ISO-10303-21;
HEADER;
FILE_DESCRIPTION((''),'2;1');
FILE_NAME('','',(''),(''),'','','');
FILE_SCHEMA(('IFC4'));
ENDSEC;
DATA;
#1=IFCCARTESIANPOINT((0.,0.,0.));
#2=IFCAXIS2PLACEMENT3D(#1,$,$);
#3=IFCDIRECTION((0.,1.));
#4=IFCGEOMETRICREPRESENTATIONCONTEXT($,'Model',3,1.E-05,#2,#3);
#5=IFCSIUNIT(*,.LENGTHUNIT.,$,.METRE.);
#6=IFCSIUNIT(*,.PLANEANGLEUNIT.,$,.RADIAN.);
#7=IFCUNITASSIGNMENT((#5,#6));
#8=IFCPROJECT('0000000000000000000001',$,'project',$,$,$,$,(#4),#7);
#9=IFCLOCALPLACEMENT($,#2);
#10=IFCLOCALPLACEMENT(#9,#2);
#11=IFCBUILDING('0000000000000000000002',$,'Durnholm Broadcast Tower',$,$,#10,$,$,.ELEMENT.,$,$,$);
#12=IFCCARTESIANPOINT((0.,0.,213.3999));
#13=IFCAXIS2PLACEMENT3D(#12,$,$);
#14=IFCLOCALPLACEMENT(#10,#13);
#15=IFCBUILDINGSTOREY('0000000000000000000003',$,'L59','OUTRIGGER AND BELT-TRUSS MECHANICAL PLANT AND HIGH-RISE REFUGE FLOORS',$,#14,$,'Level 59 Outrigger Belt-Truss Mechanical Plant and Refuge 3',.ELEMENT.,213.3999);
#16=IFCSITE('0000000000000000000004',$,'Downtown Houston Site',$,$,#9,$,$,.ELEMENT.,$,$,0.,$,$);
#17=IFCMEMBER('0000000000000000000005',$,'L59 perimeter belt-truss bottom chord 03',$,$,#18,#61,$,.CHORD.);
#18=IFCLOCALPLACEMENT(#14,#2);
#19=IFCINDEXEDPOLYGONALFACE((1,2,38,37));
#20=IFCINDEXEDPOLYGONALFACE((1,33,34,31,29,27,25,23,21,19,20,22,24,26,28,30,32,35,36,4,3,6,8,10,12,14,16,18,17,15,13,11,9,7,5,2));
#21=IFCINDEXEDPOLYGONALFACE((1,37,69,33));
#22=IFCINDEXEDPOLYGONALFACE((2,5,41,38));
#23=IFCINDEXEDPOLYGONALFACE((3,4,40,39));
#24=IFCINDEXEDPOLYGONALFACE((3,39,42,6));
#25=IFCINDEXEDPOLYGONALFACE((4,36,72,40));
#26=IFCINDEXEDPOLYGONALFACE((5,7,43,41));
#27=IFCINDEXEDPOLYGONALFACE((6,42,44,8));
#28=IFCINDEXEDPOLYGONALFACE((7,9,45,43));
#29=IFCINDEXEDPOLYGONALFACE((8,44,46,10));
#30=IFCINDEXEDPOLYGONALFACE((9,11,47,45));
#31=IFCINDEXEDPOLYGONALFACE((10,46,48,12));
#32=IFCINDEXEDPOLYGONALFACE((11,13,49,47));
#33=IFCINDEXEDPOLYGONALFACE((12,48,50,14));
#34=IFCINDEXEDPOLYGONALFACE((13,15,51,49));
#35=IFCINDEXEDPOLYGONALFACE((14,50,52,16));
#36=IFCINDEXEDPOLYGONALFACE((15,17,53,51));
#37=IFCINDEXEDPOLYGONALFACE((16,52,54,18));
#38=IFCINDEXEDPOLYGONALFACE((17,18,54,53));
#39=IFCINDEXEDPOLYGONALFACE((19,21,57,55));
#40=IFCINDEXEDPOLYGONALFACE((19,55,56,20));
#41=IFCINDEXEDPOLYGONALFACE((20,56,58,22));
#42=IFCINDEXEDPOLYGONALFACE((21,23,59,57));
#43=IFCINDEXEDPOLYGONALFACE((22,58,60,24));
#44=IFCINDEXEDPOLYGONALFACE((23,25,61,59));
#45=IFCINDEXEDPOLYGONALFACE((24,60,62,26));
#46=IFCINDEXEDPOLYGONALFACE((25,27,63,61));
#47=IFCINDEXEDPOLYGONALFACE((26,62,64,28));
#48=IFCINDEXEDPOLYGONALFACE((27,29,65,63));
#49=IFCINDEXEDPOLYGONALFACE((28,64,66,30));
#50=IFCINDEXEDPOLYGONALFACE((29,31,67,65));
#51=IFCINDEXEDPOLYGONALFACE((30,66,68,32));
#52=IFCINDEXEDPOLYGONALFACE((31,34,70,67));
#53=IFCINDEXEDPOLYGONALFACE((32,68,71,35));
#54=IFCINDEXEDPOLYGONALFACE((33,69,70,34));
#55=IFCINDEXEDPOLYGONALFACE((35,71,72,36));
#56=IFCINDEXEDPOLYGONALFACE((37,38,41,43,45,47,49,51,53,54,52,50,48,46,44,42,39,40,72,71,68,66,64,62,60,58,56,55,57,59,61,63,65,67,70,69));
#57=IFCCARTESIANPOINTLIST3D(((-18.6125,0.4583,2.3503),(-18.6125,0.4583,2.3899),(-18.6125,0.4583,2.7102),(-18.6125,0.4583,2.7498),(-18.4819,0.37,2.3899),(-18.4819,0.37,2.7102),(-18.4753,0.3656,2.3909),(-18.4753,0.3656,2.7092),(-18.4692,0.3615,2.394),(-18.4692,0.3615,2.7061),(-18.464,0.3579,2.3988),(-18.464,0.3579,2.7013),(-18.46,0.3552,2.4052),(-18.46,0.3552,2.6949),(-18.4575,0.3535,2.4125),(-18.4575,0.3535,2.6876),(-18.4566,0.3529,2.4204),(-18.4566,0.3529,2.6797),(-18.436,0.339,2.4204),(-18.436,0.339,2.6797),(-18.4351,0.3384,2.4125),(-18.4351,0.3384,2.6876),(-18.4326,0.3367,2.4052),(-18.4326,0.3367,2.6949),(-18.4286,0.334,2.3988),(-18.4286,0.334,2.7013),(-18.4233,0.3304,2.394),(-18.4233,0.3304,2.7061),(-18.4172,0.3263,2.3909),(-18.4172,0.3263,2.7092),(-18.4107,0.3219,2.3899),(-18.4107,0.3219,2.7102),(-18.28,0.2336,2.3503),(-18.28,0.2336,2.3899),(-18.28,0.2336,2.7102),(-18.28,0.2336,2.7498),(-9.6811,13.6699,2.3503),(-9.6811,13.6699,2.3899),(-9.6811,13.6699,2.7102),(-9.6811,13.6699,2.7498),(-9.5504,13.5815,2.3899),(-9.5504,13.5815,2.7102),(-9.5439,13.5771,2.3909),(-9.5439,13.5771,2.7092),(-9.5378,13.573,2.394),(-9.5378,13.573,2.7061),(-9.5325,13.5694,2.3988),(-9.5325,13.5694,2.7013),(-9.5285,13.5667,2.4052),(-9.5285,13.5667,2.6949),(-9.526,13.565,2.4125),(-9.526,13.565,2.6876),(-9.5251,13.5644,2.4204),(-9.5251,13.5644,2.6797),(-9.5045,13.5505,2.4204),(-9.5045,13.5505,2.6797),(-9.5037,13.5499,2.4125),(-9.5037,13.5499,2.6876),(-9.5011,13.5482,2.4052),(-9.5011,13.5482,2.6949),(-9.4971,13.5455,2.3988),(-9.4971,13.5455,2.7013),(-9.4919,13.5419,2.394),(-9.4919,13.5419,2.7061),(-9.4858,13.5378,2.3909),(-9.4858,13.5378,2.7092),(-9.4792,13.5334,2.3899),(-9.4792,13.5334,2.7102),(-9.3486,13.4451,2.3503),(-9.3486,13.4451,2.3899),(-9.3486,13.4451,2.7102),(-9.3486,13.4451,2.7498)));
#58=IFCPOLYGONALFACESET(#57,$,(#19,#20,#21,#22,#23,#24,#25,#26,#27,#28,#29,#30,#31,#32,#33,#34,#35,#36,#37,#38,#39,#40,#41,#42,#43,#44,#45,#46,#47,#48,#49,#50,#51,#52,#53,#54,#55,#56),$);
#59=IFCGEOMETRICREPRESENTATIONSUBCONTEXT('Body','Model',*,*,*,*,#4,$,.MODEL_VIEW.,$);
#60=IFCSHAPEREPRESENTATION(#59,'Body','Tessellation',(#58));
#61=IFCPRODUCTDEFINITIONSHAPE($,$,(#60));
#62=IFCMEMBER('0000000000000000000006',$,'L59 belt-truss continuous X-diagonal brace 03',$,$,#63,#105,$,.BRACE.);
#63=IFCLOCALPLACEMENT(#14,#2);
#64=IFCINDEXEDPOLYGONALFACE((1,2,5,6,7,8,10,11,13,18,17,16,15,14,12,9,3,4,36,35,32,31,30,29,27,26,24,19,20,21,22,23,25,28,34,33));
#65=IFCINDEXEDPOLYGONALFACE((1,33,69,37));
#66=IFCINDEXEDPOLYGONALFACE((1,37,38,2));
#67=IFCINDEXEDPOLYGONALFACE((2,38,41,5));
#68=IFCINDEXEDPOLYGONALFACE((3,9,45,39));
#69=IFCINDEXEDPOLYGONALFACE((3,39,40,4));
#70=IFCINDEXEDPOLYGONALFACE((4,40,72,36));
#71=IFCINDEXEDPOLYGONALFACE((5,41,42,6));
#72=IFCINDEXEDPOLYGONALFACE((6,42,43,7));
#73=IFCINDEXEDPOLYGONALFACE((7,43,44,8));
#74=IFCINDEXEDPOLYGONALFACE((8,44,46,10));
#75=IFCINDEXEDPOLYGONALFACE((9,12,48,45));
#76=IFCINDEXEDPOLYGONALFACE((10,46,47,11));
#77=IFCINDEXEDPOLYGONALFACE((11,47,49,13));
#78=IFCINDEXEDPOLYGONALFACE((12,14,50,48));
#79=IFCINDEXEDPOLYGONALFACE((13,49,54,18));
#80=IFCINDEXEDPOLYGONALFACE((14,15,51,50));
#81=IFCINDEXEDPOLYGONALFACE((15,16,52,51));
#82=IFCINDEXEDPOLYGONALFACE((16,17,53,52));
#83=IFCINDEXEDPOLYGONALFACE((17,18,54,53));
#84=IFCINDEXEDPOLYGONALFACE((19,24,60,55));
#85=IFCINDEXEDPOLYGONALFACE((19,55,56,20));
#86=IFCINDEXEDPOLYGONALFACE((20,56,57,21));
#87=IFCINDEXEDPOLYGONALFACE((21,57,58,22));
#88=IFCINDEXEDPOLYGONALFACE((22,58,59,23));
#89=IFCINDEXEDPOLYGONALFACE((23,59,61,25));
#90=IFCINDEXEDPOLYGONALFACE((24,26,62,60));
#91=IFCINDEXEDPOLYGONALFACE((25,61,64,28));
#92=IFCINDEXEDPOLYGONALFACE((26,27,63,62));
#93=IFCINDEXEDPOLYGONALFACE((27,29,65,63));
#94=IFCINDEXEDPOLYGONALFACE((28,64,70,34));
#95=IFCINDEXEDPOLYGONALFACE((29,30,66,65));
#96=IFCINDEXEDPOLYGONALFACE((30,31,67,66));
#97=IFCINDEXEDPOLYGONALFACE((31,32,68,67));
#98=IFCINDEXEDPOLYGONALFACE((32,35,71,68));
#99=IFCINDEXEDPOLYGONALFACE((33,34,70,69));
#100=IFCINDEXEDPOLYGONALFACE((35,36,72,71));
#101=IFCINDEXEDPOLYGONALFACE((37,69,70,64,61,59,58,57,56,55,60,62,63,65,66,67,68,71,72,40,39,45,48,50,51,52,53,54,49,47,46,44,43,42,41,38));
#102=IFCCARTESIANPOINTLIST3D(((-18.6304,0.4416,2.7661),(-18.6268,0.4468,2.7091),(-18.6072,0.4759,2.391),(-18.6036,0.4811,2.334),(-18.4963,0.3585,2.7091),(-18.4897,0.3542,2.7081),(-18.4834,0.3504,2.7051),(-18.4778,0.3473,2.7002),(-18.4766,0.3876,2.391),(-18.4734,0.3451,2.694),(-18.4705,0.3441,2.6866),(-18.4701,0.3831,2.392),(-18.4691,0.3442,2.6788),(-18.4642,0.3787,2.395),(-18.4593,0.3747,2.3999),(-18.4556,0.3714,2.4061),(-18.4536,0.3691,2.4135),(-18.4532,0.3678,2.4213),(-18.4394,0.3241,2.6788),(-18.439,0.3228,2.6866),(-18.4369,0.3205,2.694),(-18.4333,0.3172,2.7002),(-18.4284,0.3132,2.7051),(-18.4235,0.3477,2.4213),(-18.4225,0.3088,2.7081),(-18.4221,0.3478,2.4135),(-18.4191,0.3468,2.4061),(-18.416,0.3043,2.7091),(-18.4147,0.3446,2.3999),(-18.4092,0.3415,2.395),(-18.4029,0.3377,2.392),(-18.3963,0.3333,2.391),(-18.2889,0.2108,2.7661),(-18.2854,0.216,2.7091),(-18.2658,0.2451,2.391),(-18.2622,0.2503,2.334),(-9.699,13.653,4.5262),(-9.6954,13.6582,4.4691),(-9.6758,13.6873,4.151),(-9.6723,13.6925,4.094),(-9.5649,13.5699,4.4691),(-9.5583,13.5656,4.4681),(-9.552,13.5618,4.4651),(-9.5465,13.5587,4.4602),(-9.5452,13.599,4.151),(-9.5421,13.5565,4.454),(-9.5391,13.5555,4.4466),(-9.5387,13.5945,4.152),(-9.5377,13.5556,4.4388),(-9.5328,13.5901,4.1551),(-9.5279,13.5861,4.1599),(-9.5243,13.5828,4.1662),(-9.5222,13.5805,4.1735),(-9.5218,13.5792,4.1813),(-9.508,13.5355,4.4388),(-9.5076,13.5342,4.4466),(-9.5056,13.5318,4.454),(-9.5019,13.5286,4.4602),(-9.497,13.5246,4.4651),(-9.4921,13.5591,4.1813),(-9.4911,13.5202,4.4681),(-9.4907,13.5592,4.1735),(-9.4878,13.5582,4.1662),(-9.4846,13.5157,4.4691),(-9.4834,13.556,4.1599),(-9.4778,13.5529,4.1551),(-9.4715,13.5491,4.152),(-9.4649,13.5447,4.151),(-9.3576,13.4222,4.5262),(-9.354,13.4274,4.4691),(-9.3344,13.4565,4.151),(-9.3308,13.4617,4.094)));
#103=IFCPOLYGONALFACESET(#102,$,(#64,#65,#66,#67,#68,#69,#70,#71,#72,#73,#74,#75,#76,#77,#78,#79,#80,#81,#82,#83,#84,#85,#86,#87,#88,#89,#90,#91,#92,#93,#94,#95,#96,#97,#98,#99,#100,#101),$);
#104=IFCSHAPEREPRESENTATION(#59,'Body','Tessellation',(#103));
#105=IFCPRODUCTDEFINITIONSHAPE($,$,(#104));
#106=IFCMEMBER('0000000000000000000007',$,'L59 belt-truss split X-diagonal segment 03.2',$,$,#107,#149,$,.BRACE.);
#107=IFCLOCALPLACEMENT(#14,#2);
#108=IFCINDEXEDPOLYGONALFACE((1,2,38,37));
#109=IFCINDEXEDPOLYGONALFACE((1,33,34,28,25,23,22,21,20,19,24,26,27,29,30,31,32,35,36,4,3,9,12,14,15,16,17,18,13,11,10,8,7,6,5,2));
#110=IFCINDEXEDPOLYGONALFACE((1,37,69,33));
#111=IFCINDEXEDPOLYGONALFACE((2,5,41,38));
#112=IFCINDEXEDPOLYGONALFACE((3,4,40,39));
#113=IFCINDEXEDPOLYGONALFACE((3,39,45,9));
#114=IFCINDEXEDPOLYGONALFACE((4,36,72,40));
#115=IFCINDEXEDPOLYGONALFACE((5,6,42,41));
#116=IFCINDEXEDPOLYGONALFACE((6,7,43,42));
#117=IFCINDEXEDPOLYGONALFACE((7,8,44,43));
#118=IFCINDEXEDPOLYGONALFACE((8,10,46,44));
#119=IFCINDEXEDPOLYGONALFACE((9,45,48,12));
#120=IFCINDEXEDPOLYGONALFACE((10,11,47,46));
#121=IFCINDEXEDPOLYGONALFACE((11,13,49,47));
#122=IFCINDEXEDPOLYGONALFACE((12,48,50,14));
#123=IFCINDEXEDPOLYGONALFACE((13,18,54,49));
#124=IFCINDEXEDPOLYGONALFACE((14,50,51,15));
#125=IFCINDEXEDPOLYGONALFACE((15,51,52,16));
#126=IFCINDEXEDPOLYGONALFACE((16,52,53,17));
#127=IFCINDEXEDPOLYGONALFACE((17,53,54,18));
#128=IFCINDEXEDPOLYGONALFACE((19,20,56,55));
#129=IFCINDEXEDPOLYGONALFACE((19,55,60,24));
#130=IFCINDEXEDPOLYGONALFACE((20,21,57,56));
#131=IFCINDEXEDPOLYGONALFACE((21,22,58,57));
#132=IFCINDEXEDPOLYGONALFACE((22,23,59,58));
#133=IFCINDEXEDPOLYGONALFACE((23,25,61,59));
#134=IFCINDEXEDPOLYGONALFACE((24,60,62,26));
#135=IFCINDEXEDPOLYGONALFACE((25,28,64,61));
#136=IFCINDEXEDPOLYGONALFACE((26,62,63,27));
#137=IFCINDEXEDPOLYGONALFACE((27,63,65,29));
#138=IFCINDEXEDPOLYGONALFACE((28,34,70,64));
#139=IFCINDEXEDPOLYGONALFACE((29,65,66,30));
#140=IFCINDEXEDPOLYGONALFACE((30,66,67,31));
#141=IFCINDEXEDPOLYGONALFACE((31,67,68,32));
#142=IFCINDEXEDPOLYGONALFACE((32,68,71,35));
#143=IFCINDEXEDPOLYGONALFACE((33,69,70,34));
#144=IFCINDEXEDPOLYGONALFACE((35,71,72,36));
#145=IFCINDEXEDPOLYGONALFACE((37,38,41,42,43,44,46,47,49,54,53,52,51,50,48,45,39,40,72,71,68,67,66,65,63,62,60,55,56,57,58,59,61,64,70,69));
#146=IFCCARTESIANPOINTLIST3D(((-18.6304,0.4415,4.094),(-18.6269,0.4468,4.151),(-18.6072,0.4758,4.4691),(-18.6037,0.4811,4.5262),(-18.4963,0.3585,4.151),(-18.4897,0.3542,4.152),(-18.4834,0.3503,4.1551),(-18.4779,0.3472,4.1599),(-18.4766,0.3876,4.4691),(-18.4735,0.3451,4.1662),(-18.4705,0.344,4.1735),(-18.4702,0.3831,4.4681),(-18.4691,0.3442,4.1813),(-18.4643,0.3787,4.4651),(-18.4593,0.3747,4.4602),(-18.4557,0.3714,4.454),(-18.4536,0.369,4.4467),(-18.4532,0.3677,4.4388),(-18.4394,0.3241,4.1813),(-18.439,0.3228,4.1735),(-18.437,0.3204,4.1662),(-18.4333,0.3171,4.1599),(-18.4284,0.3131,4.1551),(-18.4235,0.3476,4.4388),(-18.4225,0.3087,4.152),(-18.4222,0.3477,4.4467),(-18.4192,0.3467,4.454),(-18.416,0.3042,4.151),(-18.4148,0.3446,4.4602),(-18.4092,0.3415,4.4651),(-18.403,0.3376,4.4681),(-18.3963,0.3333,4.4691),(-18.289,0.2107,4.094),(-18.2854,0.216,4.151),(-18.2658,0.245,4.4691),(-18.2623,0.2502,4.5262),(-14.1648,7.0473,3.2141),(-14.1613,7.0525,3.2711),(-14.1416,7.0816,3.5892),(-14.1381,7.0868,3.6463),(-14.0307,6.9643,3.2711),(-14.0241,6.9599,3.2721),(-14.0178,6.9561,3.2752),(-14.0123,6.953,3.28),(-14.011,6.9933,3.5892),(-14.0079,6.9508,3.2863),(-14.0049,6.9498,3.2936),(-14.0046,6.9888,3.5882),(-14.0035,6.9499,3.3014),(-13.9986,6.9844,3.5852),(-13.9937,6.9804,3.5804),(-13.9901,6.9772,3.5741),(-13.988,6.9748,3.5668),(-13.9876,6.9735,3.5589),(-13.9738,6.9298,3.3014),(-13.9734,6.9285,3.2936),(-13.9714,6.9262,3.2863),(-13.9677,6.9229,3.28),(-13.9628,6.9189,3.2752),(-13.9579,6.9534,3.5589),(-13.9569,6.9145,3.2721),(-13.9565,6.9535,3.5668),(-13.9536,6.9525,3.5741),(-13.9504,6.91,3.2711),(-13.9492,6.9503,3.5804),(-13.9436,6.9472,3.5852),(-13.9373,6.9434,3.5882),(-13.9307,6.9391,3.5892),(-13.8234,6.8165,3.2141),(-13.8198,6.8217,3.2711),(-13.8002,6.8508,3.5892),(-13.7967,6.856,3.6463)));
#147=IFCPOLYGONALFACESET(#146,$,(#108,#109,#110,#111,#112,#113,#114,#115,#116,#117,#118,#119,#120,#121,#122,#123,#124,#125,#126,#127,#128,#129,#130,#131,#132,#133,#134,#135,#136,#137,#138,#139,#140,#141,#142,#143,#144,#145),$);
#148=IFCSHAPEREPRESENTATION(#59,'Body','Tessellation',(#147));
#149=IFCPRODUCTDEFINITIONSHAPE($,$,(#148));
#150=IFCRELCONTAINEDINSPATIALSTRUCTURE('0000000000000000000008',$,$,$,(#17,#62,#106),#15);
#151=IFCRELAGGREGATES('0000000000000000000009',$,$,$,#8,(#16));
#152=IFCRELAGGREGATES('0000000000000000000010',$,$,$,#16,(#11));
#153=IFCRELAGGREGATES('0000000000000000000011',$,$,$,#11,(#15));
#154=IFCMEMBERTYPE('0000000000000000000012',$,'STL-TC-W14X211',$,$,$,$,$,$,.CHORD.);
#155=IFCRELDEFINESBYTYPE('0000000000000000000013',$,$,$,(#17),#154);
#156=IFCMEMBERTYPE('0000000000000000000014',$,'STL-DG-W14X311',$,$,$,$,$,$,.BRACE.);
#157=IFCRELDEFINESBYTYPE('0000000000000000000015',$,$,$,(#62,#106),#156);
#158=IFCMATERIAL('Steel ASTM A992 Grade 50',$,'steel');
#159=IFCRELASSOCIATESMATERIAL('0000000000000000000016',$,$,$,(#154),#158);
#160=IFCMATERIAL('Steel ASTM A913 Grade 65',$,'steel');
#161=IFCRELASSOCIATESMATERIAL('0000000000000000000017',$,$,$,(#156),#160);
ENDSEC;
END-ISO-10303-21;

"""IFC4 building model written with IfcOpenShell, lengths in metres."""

from ifc_helpers import new_model, si_unit, direction, frame, origin, origin_2d, place, context, subcontext, project, spatial, i_section, extrude, source, transform, mapped, material, material_profile, profile_set, type_object, type_shapes, element, save


model = new_model("IFC4")

# Units and contexts
model_context = context("Model", 3, precision=1e-05, world=origin(), true_north=direction((0.0, 1.0)))
body_context = subcontext(model_context, "Body", "Model", "MODEL_VIEW")
ifc_project = project(units=[si_unit("LENGTHUNIT", "METRE"), si_unit("PLANEANGLEUNIT", "RADIAN")], contexts=[model_context])

# Site, building, storey
site_placement = place(None, origin())
site = spatial("IfcSite", under=ifc_project, at=site_placement, Name="Downtown Houston Site", CompositionType="ELEMENT", RefElevation=0.0)
building_placement = place(site_placement, origin())
building = spatial("IfcBuilding", under=site, at=building_placement, Name="Durnholm Broadcast Tower", CompositionType="ELEMENT")
storey_placement = place(building_placement, frame((0.0, 0.0, 213.3999)))
storey = spatial("IfcBuildingStorey", under=building, at=storey_placement, Name="L59", Description="OUTRIGGER AND BELT-TRUSS MECHANICAL PLANT AND HIGH-RISE REFUGE FLOORS", LongName="Level 59 Outrigger Belt-Truss Mechanical Plant and Refuge 3", CompositionType="ELEMENT", Elevation=213.3999)

# Shared definitions
ifc_material_1 = material(Name="Steel ASTM A992 Grade 50", Category="steel")

# Members
ifc_material_profile_1 = material_profile(ifc_material_1, i_section(OverallWidth=0.4014, OverallDepth=0.3994, WebThickness=0.0249, FlangeThickness=0.0396, FilletRadius=0.0305, at=origin_2d()), Name="W14X211")
ifc_profile_set_1 = profile_set([ifc_material_profile_1], Name="Steel ASTM A992 Grade 50")
member_type_1 = type_object("IfcMemberType", Name="STL-TC-W14X211", PredefinedType="CHORD", material=ifc_profile_set_1)
shared_shape_1 = source(origin(), body_context, "Body", "SweptSolid", [
    extrude(i_section(OverallWidth=0.4014, OverallDepth=0.3994, WebThickness=0.0249, FlangeThickness=0.0396, FilletRadius=0.0305, at=origin_2d()), origin(), (0.0, 0.0, 1.0), 15.9473),
])
type_shapes(member_type_1, [shared_shape_1])
member_1_placement = place(storey_placement, frame((-18.4463, 0.3459, 2.55), z_axis=(0.560062, 0.828451, 0.0), x_axis=(-0.828451, 0.560062, 0.0)))
element("IfcMember", 1, at=member_1_placement, inside=storey, type_object=member_type_1, Name="L59 perimeter belt-truss bottom chord 03", PredefinedType="CHORD", context=body_context, shape_type="MappedRepresentation", body=[
    mapped(shared_shape_1, transform((0.0, 0.0, 0.0), x_axis=(1.0, 0.0, 0.0), y_axis=(0.0, 1.0, 0.0), z_axis=(0.0, 0.0, 1.0), scale=1.0)),
])
ifc_material_2 = material(Name="Steel ASTM A913 Grade 65", Category="steel")
ifc_material_profile_2 = material_profile(ifc_material_2, i_section(OverallWidth=0.4121, OverallDepth=0.4348, WebThickness=0.0359, FlangeThickness=0.0574, FilletRadius=0.0305, at=origin_2d()), Name="W14X311")
ifc_profile_set_2 = profile_set([ifc_material_profile_2], Name="Steel ASTM A913 Grade 65")
member_type_2 = type_object("IfcMemberType", Name="STL-DG-W14X311", PredefinedType="BRACE", material=ifc_profile_set_2)
shared_shape_2 = source(origin(), body_context, "Body", "SweptSolid", [
    extrude(i_section(OverallWidth=0.4121, OverallDepth=0.4348, WebThickness=0.0359, FlangeThickness=0.0574, FilletRadius=0.0305, at=origin_2d()), origin(), (0.0, 0.0, 1.0), 16.0439),
])
member_2_placement = place(storey_placement, frame((-18.4463, 0.3459, 2.55), z_axis=(0.556682, 0.823451, 0.109699), x_axis=(-0.828451, 0.560062, 0.0)))
element("IfcMember", 2, at=member_2_placement, inside=storey, type_object=member_type_2, Name="L59 belt-truss continuous X-diagonal brace 03", PredefinedType="BRACE", context=body_context, shape_type="MappedRepresentation", body=[
    mapped(shared_shape_2, transform((0.0, 0.0, 0.0), x_axis=(1.0, 0.0, 0.0), y_axis=(0.0, 1.0, 0.0), z_axis=(0.0, 0.0, 1.0), scale=1.0)),
])
shared_shape_3 = source(origin(), body_context, "Body", "SweptSolid", [
    extrude(i_section(OverallWidth=0.4121, OverallDepth=0.4348, WebThickness=0.0359, FlangeThickness=0.0574, FilletRadius=0.0305, at=origin_2d()), origin(), (0.0, 0.0, 1.0), 8.022),
])
type_shapes(member_type_2, [shared_shape_2, shared_shape_3])
member_3_placement = place(storey_placement, frame((-13.9807, 6.9517, 3.4302), z_axis=(-0.556673, -0.823459, 0.109685), x_axis=(0.828458, -0.560052, 0.0)))
element("IfcMember", 3, at=member_3_placement, inside=storey, type_object=member_type_2, Name="L59 belt-truss split X-diagonal segment 03.2", PredefinedType="BRACE", context=body_context, shape_type="MappedRepresentation", body=[
    mapped(shared_shape_3, transform((0.0, 0.0, 0.0), x_axis=(1.0, 0.0, 0.0), y_axis=(0.0, 1.0, 0.0), z_axis=(0.0, 0.0, 1.0), scale=1.0)),
])

save(model, "model.ifc")
